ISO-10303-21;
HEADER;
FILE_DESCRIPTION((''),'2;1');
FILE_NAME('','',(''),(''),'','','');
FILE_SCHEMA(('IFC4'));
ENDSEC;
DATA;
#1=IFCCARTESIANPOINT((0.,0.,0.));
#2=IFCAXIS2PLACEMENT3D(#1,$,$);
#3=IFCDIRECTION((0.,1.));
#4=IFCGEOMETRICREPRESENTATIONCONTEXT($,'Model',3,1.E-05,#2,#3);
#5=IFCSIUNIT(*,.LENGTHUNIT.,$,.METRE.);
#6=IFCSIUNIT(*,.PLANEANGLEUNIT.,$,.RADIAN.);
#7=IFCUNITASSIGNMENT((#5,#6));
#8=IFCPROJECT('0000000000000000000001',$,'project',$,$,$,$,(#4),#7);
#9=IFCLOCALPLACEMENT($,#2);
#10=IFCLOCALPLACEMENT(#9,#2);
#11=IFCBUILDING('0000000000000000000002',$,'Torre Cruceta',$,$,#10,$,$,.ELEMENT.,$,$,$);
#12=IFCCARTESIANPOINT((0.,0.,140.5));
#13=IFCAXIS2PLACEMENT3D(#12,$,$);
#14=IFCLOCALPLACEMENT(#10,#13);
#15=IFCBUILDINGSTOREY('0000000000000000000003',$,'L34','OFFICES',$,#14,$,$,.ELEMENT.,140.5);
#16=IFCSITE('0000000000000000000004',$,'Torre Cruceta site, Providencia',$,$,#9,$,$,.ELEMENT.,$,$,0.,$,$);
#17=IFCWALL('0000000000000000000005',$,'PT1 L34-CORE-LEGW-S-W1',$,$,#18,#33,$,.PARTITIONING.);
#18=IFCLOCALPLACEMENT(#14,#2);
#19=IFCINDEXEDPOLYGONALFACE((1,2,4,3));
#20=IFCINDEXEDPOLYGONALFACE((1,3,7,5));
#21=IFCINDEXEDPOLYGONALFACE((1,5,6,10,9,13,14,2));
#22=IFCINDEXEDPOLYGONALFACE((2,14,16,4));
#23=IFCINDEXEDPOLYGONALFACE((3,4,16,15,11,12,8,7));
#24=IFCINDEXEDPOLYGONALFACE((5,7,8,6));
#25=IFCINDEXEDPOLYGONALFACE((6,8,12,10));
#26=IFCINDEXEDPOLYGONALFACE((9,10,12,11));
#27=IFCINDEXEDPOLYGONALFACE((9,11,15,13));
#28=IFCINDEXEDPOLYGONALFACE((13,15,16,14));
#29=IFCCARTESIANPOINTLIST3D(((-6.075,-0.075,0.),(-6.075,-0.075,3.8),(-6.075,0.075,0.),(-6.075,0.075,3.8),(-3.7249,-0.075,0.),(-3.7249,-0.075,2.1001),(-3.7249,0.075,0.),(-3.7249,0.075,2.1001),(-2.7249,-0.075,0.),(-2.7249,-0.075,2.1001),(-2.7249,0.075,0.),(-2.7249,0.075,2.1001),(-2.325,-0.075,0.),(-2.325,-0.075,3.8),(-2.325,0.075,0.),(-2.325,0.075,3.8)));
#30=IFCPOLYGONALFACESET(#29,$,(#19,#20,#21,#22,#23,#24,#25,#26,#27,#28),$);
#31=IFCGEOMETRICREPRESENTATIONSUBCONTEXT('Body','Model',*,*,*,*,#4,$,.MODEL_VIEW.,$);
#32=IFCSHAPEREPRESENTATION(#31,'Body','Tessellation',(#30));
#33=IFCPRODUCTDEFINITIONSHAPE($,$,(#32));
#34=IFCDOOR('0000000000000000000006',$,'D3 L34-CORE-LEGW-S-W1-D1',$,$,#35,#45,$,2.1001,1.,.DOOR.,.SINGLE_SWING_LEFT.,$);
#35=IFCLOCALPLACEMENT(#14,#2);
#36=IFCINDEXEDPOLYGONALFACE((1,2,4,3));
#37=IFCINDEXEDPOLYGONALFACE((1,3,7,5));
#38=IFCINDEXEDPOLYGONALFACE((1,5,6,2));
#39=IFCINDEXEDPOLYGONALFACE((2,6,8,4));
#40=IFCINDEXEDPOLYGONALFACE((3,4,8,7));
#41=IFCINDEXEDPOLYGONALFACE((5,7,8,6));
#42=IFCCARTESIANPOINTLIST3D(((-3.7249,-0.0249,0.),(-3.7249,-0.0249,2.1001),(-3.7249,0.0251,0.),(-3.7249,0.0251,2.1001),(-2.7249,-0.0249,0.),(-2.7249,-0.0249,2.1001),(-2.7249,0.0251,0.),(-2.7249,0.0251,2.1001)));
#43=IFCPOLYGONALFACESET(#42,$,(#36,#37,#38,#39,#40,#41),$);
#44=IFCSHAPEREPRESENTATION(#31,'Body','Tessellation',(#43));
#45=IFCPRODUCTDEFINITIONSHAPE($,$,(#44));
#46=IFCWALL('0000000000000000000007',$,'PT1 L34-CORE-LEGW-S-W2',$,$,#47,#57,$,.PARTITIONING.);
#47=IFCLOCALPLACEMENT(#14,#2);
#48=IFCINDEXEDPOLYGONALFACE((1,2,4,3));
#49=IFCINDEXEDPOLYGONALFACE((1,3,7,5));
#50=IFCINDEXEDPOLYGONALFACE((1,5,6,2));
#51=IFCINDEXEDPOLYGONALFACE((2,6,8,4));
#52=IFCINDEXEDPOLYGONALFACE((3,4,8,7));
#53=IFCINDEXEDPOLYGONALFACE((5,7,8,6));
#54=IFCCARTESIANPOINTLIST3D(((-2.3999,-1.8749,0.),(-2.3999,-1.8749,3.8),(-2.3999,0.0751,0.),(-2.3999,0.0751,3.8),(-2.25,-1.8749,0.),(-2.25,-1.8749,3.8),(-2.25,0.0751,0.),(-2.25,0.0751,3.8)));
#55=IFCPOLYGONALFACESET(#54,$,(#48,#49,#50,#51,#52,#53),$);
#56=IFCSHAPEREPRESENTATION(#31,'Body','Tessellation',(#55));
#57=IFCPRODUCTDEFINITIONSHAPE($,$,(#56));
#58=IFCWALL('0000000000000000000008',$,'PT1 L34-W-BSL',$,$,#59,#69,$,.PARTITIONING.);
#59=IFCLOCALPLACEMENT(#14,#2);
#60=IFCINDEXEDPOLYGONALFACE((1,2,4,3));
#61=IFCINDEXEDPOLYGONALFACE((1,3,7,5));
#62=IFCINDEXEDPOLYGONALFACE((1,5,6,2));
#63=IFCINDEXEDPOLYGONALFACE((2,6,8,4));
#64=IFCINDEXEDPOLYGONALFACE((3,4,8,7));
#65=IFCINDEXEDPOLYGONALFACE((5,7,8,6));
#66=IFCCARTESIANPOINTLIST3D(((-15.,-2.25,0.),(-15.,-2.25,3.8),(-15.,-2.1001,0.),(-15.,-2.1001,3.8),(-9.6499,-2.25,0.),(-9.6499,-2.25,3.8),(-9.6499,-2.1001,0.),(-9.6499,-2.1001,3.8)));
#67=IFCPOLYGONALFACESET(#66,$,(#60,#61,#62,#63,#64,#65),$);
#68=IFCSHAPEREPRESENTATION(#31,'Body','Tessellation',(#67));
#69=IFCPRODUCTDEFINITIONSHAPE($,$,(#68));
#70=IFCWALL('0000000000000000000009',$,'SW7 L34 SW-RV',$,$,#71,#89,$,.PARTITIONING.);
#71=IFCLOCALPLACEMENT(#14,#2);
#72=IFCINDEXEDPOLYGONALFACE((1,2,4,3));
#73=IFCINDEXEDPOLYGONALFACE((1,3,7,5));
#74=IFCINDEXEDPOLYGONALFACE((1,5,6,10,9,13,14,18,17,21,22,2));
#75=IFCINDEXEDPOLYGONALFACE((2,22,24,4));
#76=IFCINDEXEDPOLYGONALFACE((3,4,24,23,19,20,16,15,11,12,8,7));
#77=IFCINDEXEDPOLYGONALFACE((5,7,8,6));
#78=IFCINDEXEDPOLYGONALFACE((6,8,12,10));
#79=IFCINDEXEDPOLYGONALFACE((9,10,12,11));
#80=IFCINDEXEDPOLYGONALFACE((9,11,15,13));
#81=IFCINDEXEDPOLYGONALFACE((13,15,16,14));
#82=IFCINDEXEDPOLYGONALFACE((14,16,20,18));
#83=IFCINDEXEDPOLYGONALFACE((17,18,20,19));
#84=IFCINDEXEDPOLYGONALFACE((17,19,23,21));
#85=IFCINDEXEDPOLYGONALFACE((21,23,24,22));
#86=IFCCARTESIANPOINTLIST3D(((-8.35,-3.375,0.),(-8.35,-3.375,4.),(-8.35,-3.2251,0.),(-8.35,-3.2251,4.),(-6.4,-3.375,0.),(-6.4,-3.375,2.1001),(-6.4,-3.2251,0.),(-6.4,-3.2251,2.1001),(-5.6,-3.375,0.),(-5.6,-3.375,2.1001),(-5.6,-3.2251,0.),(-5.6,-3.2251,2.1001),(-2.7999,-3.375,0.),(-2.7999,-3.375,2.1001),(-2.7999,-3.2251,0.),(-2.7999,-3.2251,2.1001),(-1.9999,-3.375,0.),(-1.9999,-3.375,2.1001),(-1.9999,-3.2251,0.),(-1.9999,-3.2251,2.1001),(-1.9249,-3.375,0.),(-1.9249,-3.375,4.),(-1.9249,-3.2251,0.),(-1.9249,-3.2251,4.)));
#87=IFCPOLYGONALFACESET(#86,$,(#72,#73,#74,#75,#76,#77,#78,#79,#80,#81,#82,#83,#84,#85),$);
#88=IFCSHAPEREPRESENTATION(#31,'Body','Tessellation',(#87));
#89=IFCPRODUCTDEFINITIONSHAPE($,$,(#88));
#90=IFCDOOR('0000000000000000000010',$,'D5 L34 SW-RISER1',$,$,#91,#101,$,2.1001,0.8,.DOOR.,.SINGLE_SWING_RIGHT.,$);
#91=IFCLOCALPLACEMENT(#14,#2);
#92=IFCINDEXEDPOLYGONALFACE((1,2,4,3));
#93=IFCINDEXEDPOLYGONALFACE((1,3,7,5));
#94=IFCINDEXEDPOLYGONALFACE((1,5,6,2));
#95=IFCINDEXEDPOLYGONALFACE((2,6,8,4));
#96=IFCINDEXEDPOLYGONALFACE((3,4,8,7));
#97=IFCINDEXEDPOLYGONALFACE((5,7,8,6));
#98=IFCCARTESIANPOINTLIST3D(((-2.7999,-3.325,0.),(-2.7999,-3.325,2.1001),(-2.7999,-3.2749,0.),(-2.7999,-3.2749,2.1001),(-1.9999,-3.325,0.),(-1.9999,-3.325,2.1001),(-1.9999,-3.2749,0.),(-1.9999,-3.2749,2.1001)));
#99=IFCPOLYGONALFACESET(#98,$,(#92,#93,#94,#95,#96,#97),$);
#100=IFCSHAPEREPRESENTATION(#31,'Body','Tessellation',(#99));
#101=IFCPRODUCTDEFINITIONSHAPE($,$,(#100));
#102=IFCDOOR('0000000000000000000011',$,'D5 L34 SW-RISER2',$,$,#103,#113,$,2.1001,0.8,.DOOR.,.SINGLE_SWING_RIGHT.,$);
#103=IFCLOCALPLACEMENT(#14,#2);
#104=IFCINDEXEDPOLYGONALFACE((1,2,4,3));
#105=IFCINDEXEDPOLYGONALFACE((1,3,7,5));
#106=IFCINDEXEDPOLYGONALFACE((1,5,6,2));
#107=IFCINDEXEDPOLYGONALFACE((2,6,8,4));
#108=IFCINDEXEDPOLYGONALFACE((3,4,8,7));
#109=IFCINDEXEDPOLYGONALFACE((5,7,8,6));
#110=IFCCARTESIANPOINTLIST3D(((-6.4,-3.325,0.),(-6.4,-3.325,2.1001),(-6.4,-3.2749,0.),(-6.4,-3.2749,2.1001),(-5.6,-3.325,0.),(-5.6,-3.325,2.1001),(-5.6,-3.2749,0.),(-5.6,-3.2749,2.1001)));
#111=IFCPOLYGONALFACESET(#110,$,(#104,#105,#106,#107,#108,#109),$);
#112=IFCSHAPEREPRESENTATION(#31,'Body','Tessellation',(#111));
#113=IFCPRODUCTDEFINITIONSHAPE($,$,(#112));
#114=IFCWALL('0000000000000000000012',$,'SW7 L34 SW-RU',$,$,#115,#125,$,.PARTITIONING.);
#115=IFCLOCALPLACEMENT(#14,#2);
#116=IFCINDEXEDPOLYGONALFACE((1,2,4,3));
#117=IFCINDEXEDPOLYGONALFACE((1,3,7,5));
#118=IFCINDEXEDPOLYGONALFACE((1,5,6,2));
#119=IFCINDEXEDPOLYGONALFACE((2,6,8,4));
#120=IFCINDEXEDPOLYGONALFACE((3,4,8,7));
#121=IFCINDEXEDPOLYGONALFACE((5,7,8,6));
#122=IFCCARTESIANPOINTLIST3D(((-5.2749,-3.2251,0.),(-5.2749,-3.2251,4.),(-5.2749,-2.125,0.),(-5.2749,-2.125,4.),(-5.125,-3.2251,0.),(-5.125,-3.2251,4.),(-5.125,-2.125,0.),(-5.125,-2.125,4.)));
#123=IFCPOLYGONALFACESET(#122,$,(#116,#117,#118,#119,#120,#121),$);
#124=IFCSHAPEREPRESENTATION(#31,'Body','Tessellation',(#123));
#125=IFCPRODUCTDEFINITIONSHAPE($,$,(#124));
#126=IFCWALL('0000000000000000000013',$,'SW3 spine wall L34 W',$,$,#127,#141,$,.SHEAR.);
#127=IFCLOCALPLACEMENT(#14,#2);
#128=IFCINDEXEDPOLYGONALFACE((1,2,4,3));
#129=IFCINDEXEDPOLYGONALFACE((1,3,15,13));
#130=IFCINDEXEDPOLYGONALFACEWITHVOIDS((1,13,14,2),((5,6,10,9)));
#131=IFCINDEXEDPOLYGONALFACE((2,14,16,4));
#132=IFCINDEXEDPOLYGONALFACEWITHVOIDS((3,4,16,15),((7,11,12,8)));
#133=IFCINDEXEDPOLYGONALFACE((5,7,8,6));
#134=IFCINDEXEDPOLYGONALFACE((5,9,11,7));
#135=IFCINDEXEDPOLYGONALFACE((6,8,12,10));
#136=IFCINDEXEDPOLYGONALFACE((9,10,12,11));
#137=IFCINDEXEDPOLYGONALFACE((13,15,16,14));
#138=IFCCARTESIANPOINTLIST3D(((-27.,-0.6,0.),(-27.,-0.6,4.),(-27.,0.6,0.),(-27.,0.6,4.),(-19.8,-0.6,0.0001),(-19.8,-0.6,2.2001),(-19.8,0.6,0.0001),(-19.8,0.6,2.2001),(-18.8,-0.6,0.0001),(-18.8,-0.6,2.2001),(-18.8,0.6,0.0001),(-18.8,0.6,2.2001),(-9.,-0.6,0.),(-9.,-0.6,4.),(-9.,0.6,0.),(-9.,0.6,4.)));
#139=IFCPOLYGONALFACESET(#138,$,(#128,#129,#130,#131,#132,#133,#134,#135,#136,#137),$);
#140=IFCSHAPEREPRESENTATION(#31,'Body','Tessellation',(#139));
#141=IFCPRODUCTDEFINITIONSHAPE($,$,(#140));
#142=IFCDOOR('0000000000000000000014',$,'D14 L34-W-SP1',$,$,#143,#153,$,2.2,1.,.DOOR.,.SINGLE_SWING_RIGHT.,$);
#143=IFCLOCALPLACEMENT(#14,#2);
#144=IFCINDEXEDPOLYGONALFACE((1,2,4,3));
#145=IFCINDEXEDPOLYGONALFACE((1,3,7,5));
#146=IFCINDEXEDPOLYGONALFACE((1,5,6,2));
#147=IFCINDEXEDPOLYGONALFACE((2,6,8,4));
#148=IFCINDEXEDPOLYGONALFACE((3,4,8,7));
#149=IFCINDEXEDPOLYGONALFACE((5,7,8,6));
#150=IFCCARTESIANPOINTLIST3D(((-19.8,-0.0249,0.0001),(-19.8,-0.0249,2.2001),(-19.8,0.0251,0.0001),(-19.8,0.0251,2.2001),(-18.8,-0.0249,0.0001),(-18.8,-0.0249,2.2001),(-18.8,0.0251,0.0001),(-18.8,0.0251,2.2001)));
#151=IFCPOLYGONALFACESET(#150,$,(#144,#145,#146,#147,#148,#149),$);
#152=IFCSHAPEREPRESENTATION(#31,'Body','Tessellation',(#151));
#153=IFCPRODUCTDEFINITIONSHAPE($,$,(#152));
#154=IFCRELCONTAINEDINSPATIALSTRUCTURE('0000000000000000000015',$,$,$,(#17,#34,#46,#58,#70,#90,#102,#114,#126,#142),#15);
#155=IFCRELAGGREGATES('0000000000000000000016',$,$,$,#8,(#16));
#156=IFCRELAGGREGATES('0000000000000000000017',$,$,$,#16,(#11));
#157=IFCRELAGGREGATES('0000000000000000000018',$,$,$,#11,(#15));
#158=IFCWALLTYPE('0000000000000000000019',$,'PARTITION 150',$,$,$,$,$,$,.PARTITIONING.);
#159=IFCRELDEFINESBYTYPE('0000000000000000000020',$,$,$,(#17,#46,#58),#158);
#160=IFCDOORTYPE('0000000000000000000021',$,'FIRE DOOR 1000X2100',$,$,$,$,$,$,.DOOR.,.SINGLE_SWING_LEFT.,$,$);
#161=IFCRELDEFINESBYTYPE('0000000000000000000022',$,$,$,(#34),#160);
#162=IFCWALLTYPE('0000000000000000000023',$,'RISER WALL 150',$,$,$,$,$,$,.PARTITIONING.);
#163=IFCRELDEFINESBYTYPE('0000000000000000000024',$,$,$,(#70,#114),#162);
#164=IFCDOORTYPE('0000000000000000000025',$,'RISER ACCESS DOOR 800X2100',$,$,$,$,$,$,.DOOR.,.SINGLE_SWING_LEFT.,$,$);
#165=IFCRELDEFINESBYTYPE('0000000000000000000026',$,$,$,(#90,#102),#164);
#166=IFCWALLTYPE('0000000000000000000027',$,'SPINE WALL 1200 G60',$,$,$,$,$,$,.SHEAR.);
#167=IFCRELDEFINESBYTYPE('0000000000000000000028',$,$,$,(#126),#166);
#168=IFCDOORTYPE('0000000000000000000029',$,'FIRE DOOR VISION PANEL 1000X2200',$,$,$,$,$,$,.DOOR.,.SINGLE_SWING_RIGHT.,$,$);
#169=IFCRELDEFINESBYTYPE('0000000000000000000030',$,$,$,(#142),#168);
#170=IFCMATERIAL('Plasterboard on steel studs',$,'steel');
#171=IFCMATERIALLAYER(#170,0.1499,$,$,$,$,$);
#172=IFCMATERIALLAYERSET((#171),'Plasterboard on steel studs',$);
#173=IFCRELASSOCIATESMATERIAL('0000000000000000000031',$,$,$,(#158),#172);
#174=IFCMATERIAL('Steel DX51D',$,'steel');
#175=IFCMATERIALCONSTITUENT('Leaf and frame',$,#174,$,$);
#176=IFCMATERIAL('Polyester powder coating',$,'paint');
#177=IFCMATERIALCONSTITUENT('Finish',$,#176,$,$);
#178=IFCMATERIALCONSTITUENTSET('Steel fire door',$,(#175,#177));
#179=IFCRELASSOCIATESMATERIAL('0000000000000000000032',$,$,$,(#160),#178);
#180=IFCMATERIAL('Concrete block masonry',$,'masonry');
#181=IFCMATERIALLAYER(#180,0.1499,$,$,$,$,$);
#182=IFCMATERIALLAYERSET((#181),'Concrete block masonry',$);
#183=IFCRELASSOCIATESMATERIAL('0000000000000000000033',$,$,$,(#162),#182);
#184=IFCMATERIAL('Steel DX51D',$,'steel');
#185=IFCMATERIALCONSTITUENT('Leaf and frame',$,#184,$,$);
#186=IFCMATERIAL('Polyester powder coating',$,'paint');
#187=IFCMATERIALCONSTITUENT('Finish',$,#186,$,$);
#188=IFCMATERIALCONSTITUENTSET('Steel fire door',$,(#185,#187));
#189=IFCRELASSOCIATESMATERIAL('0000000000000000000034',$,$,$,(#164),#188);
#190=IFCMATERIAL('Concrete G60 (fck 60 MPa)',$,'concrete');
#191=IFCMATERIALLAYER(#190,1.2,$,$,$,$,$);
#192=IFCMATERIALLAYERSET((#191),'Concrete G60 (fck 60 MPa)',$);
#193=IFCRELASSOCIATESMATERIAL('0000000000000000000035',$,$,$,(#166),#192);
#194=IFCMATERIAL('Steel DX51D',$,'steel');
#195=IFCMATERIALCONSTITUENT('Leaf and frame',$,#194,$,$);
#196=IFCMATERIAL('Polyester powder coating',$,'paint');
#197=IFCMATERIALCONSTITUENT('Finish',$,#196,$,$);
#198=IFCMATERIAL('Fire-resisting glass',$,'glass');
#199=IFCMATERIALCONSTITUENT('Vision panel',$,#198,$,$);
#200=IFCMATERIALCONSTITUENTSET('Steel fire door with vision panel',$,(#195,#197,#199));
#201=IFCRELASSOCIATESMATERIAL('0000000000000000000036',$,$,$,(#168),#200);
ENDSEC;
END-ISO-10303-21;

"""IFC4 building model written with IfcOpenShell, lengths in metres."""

from ifc_helpers import new_model, si_unit, direction, frame, frame_2d, origin, place, context, subcontext, project, spatial, rectangle, extrude, material, layer, layer_set, constituent, constituent_set, type_object, element, fill, save


model = new_model("IFC4")

# Units and contexts
model_context = context("Model", 3, precision=1e-05, world=origin(), true_north=direction((0.0, 1.0)))
body_context = subcontext(model_context, "Body", "Model", "MODEL_VIEW")
ifc_project = project(units=[si_unit("LENGTHUNIT", "METRE"), si_unit("PLANEANGLEUNIT", "RADIAN")], contexts=[model_context])

# Site, building, storey
site_placement = place(None, origin())
site = spatial("IfcSite", under=ifc_project, at=site_placement, Name="Torre Cruceta site, Providencia", CompositionType="ELEMENT", RefElevation=0.0)
building_placement = place(site_placement, origin())
building = spatial("IfcBuilding", under=site, at=building_placement, Name="Torre Cruceta", CompositionType="ELEMENT")
storey_placement = place(building_placement, frame((0.0, 0.0, 140.5)))
storey = spatial("IfcBuildingStorey", under=building, at=storey_placement, Name="L34", Description="OFFICES", CompositionType="ELEMENT", Elevation=140.5)

# Wall, opening, door
ifc_material_1 = material(Name="Plasterboard on steel studs", Category="steel")
ifc_layer_1 = layer(ifc_material_1, 0.1499)
ifc_layer_set_1 = layer_set([ifc_layer_1], Name="Plasterboard on steel studs")
wall_type_1 = type_object("IfcWallType", Name="PARTITION 150", PredefinedType="PARTITIONING", material=ifc_layer_set_1)
wall_1_placement = place(storey_placement, frame((-2.325, 0.0, 0.0), z_axis=(0.0, 0.0, 1.0), x_axis=(-1.0, 0.0, 0.0)))
wall_1 = element("IfcWall", 1, at=wall_1_placement, inside=storey, type_object=wall_type_1, Name="PT1 L34-CORE-LEGW-S-W1", PredefinedType="PARTITIONING", context=body_context, shape_type="SweptSolid", body=[
    extrude(rectangle(XDim=3.75, YDim=0.1499, at=frame_2d((1.875, 0.0))), origin(), (0.0, 0.0, 1.0), 3.8),
])
opening_1_placement = place(wall_1_placement, frame((0.3999, 0.0, 0.0)))
opening_1 = element("IfcOpeningElement", 2, at=opening_1_placement, cuts=wall_1, PredefinedType="OPENING", context=body_context, shape_type="SweptSolid", body=[
    extrude(rectangle(XDim=1.0, YDim=2.1001, at=frame_2d((0.5, 1.05))), frame((0.0, 0.085, 0.0), z_axis=(0.0, -1.0, 0.0), x_axis=(1.0, 0.0, 0.0)), (0.0, 0.0, 1.0), 0.1699),
])
ifc_material_2 = material(Name="Steel DX51D", Category="steel")
ifc_constituent_1 = constituent(ifc_material_2, Name="Leaf and frame")
ifc_material_3 = material(Name="Polyester powder coating", Category="paint")
ifc_constituent_2 = constituent(ifc_material_3, Name="Finish")
ifc_constituent_set_1 = constituent_set(constituents=[ifc_constituent_1, ifc_constituent_2], Name="Steel fire door")
door_type_1 = type_object("IfcDoorType", Name="FIRE DOOR 1000X2100", OperationType="SINGLE_SWING_LEFT", PredefinedType="DOOR", material=ifc_constituent_set_1)
door_1_placement = place(opening_1_placement, origin())
door_1 = element("IfcDoor", 3, at=door_1_placement, inside=storey, type_object=door_type_1, Name="D3 L34-CORE-LEGW-S-W1-D1", OperationType="SINGLE_SWING_LEFT", OverallHeight=2.1001, OverallWidth=1.0, PredefinedType="DOOR", context=body_context, shape_type="SweptSolid", body=[
    extrude(rectangle(XDim=1.0, YDim=2.1001, at=frame_2d((0.5, 1.05))), frame((0.0, 0.0249, 0.0), z_axis=(0.0, -1.0, 0.0), x_axis=(1.0, 0.0, 0.0)), (0.0, 0.0, 1.0), 0.05),
])
fill(opening_1, door_1)

# Walls
wall_2_placement = place(storey_placement, frame((-2.325, -1.875, 0.0), z_axis=(0.0, 0.0, 1.0), x_axis=(0.0, 1.0, 0.0)))
element("IfcWall", 4, at=wall_2_placement, inside=storey, type_object=wall_type_1, Name="PT1 L34-CORE-LEGW-S-W2", PredefinedType="PARTITIONING", context=body_context, shape_type="SweptSolid", body=[
    extrude(rectangle(XDim=1.95, YDim=0.1499, at=frame_2d((0.9751, 0.0))), origin(), (0.0, 0.0, 1.0), 3.8),
])
wall_3_placement = place(storey_placement, frame((-9.6499, -2.175, 0.0), z_axis=(0.0, 0.0, 1.0), x_axis=(-1.0, 0.0, 0.0)))
element("IfcWall", 5, at=wall_3_placement, inside=storey, type_object=wall_type_1, Name="PT1 L34-W-BSL", PredefinedType="PARTITIONING", context=body_context, shape_type="SweptSolid", body=[
    extrude(rectangle(XDim=5.3501, YDim=0.1499, at=frame_2d((2.675, 0.0))), origin(), (0.0, 0.0, 1.0), 3.8),
])

# Wall, openings, doors
ifc_material_4 = material(Name="Concrete block masonry", Category="masonry")
ifc_layer_2 = layer(ifc_material_4, 0.1499)
ifc_layer_set_2 = layer_set([ifc_layer_2], Name="Concrete block masonry")
wall_type_2 = type_object("IfcWallType", Name="RISER WALL 150", PredefinedType="PARTITIONING", material=ifc_layer_set_2)
wall_4_placement = place(storey_placement, frame((-1.925, -3.3, 0.0), z_axis=(0.0, 0.0, 1.0), x_axis=(-1.0, 0.0, 0.0)))
wall_4 = element("IfcWall", 6, at=wall_4_placement, inside=storey, type_object=wall_type_2, Name="SW7 L34 SW-RV", PredefinedType="PARTITIONING", context=body_context, shape_type="SweptSolid", body=[
    extrude(rectangle(XDim=6.425, YDim=0.1499, at=frame_2d((3.2124, 0.0))), origin(), (0.0, 0.0, 1.0), 4.0),
])
opening_2_placement = place(wall_4_placement, frame((0.075, 0.0, 0.0)))
opening_2 = element("IfcOpeningElement", 7, at=opening_2_placement, cuts=wall_4, PredefinedType="OPENING", context=body_context, shape_type="SweptSolid", body=[
    extrude(rectangle(XDim=0.8, YDim=2.1001, at=frame_2d((0.3999, 1.05))), frame((0.0, 0.085, 0.0), z_axis=(0.0, -1.0, 0.0), x_axis=(1.0, 0.0, 0.0)), (0.0, 0.0, 1.0), 0.1699),
])
opening_3_placement = place(wall_4_placement, frame((3.675, 0.0, 0.0)))
opening_3 = element("IfcOpeningElement", 8, at=opening_3_placement, cuts=wall_4, PredefinedType="OPENING", context=body_context, shape_type="SweptSolid", body=[
    extrude(rectangle(XDim=0.8, YDim=2.1001, at=frame_2d((0.3999, 1.05))), frame((0.0, 0.085, 0.0), z_axis=(0.0, -1.0, 0.0), x_axis=(1.0, 0.0, 0.0)), (0.0, 0.0, 1.0), 0.1699),
])
ifc_material_5 = material(Name="Steel DX51D", Category="steel")
ifc_constituent_3 = constituent(ifc_material_5, Name="Leaf and frame")
ifc_material_6 = material(Name="Polyester powder coating", Category="paint")
ifc_constituent_4 = constituent(ifc_material_6, Name="Finish")
ifc_constituent_set_2 = constituent_set(constituents=[ifc_constituent_3, ifc_constituent_4], Name="Steel fire door")
door_type_2 = type_object("IfcDoorType", Name="RISER ACCESS DOOR 800X2100", OperationType="SINGLE_SWING_LEFT", PredefinedType="DOOR", material=ifc_constituent_set_2)
door_2_placement = place(opening_2_placement, frame((0.8, 0.0, 0.0), z_axis=(0.0, 0.0, 1.0), x_axis=(-1.0, 0.0, 0.0)))
door_2 = element("IfcDoor", 9, at=door_2_placement, inside=storey, type_object=door_type_2, Name="D5 L34 SW-RISER1", OperationType="SINGLE_SWING_RIGHT", OverallHeight=2.1001, OverallWidth=0.8, PredefinedType="DOOR", context=body_context, shape_type="SweptSolid", body=[
    extrude(rectangle(XDim=0.8, YDim=2.1001, at=frame_2d((0.4001, 1.05))), frame((0.0, 0.0251, 0.0), z_axis=(0.0, -1.0, 0.0), x_axis=(1.0, 0.0, 0.0)), (0.0, 0.0, 1.0), 0.05),
])
fill(opening_2, door_2)
door_3_placement = place(opening_3_placement, frame((0.8, 0.0, 0.0), z_axis=(0.0, 0.0, 1.0), x_axis=(-1.0, 0.0, 0.0)))
door_3 = element("IfcDoor", 10, at=door_3_placement, inside=storey, type_object=door_type_2, Name="D5 L34 SW-RISER2", OperationType="SINGLE_SWING_RIGHT", OverallHeight=2.1001, OverallWidth=0.8, PredefinedType="DOOR", context=body_context, shape_type="SweptSolid", body=[
    extrude(rectangle(XDim=0.8, YDim=2.1001, at=frame_2d((0.4001, 1.05))), frame((0.0, 0.0251, 0.0), z_axis=(0.0, -1.0, 0.0), x_axis=(1.0, 0.0, 0.0)), (0.0, 0.0, 1.0), 0.05),
])
fill(opening_3, door_3)

# Wall
wall_5_placement = place(storey_placement, frame((-5.2, -2.125, 0.0), z_axis=(0.0, 0.0, 1.0), x_axis=(0.0, -1.0, 0.0)))
element("IfcWall", 11, at=wall_5_placement, inside=storey, type_object=wall_type_2, Name="SW7 L34 SW-RU", PredefinedType="PARTITIONING", context=body_context, shape_type="SweptSolid", body=[
    extrude(rectangle(XDim=1.1001, YDim=0.1499, at=frame_2d((0.55, 0.0))), origin(), (0.0, 0.0, 1.0), 4.0),
])

# Wall, opening, door
ifc_material_7 = material(Name="Concrete G60 (fck 60 MPa)", Category="concrete")
ifc_layer_3 = layer(ifc_material_7, 1.2)
ifc_layer_set_3 = layer_set([ifc_layer_3], Name="Concrete G60 (fck 60 MPa)")
wall_type_3 = type_object("IfcWallType", Name="SPINE WALL 1200 G60", PredefinedType="SHEAR", material=ifc_layer_set_3)
wall_6_placement = place(storey_placement, frame((-9.0, 0.0, 0.0), z_axis=(0.0, 0.0, 1.0), x_axis=(-1.0, 0.0, 0.0)))
wall_6 = element("IfcWall", 12, at=wall_6_placement, inside=storey, type_object=wall_type_3, Name="SW3 spine wall L34 W", PredefinedType="SHEAR", context=body_context, shape_type="SweptSolid", body=[
    extrude(rectangle(XDim=18.0, YDim=1.2, at=frame_2d((9.0, 0.0))), origin(), (0.0, 0.0, 1.0), 4.0),
])
opening_4_placement = place(wall_6_placement, frame((9.8, 0.0, 0.0)))
opening_4 = element("IfcOpeningElement", 13, at=opening_4_placement, cuts=wall_6, PredefinedType="OPENING", context=body_context, shape_type="SweptSolid", body=[
    extrude(rectangle(XDim=1.0, YDim=2.2, at=frame_2d((0.5, 1.1001))), frame((0.0, 0.6099, 0.0), z_axis=(0.0, -1.0, 0.0), x_axis=(1.0, 0.0, 0.0)), (0.0, 0.0, 1.0), 1.22),
])
ifc_material_8 = material(Name="Steel DX51D", Category="steel")
ifc_constituent_5 = constituent(ifc_material_8, Name="Leaf and frame")
ifc_material_9 = material(Name="Polyester powder coating", Category="paint")
ifc_constituent_6 = constituent(ifc_material_9, Name="Finish")
ifc_material_10 = material(Name="Fire-resisting glass", Category="glass")
ifc_constituent_7 = constituent(ifc_material_10, Name="Vision panel")
ifc_constituent_set_3 = constituent_set(constituents=[ifc_constituent_5, ifc_constituent_6, ifc_constituent_7], Name="Steel fire door with vision panel")
door_type_3 = type_object("IfcDoorType", Name="FIRE DOOR VISION PANEL 1000X2200", OperationType="SINGLE_SWING_RIGHT", PredefinedType="DOOR", material=ifc_constituent_set_3)
door_4_placement = place(opening_4_placement, origin())
door_4 = element("IfcDoor", 14, at=door_4_placement, inside=storey, type_object=door_type_3, Name="D14 L34-W-SP1", OperationType="SINGLE_SWING_RIGHT", OverallHeight=2.2, OverallWidth=1.0, PredefinedType="DOOR", context=body_context, shape_type="SweptSolid", body=[
    extrude(rectangle(XDim=1.0, YDim=2.2, at=frame_2d((0.5, 1.1001))), frame((0.0, 0.0249, 0.0), z_axis=(0.0, -1.0, 0.0), x_axis=(1.0, 0.0, 0.0)), (0.0, 0.0, 1.0), 0.05),
])
fill(opening_4, door_4)

save(model, "model.ifc")
